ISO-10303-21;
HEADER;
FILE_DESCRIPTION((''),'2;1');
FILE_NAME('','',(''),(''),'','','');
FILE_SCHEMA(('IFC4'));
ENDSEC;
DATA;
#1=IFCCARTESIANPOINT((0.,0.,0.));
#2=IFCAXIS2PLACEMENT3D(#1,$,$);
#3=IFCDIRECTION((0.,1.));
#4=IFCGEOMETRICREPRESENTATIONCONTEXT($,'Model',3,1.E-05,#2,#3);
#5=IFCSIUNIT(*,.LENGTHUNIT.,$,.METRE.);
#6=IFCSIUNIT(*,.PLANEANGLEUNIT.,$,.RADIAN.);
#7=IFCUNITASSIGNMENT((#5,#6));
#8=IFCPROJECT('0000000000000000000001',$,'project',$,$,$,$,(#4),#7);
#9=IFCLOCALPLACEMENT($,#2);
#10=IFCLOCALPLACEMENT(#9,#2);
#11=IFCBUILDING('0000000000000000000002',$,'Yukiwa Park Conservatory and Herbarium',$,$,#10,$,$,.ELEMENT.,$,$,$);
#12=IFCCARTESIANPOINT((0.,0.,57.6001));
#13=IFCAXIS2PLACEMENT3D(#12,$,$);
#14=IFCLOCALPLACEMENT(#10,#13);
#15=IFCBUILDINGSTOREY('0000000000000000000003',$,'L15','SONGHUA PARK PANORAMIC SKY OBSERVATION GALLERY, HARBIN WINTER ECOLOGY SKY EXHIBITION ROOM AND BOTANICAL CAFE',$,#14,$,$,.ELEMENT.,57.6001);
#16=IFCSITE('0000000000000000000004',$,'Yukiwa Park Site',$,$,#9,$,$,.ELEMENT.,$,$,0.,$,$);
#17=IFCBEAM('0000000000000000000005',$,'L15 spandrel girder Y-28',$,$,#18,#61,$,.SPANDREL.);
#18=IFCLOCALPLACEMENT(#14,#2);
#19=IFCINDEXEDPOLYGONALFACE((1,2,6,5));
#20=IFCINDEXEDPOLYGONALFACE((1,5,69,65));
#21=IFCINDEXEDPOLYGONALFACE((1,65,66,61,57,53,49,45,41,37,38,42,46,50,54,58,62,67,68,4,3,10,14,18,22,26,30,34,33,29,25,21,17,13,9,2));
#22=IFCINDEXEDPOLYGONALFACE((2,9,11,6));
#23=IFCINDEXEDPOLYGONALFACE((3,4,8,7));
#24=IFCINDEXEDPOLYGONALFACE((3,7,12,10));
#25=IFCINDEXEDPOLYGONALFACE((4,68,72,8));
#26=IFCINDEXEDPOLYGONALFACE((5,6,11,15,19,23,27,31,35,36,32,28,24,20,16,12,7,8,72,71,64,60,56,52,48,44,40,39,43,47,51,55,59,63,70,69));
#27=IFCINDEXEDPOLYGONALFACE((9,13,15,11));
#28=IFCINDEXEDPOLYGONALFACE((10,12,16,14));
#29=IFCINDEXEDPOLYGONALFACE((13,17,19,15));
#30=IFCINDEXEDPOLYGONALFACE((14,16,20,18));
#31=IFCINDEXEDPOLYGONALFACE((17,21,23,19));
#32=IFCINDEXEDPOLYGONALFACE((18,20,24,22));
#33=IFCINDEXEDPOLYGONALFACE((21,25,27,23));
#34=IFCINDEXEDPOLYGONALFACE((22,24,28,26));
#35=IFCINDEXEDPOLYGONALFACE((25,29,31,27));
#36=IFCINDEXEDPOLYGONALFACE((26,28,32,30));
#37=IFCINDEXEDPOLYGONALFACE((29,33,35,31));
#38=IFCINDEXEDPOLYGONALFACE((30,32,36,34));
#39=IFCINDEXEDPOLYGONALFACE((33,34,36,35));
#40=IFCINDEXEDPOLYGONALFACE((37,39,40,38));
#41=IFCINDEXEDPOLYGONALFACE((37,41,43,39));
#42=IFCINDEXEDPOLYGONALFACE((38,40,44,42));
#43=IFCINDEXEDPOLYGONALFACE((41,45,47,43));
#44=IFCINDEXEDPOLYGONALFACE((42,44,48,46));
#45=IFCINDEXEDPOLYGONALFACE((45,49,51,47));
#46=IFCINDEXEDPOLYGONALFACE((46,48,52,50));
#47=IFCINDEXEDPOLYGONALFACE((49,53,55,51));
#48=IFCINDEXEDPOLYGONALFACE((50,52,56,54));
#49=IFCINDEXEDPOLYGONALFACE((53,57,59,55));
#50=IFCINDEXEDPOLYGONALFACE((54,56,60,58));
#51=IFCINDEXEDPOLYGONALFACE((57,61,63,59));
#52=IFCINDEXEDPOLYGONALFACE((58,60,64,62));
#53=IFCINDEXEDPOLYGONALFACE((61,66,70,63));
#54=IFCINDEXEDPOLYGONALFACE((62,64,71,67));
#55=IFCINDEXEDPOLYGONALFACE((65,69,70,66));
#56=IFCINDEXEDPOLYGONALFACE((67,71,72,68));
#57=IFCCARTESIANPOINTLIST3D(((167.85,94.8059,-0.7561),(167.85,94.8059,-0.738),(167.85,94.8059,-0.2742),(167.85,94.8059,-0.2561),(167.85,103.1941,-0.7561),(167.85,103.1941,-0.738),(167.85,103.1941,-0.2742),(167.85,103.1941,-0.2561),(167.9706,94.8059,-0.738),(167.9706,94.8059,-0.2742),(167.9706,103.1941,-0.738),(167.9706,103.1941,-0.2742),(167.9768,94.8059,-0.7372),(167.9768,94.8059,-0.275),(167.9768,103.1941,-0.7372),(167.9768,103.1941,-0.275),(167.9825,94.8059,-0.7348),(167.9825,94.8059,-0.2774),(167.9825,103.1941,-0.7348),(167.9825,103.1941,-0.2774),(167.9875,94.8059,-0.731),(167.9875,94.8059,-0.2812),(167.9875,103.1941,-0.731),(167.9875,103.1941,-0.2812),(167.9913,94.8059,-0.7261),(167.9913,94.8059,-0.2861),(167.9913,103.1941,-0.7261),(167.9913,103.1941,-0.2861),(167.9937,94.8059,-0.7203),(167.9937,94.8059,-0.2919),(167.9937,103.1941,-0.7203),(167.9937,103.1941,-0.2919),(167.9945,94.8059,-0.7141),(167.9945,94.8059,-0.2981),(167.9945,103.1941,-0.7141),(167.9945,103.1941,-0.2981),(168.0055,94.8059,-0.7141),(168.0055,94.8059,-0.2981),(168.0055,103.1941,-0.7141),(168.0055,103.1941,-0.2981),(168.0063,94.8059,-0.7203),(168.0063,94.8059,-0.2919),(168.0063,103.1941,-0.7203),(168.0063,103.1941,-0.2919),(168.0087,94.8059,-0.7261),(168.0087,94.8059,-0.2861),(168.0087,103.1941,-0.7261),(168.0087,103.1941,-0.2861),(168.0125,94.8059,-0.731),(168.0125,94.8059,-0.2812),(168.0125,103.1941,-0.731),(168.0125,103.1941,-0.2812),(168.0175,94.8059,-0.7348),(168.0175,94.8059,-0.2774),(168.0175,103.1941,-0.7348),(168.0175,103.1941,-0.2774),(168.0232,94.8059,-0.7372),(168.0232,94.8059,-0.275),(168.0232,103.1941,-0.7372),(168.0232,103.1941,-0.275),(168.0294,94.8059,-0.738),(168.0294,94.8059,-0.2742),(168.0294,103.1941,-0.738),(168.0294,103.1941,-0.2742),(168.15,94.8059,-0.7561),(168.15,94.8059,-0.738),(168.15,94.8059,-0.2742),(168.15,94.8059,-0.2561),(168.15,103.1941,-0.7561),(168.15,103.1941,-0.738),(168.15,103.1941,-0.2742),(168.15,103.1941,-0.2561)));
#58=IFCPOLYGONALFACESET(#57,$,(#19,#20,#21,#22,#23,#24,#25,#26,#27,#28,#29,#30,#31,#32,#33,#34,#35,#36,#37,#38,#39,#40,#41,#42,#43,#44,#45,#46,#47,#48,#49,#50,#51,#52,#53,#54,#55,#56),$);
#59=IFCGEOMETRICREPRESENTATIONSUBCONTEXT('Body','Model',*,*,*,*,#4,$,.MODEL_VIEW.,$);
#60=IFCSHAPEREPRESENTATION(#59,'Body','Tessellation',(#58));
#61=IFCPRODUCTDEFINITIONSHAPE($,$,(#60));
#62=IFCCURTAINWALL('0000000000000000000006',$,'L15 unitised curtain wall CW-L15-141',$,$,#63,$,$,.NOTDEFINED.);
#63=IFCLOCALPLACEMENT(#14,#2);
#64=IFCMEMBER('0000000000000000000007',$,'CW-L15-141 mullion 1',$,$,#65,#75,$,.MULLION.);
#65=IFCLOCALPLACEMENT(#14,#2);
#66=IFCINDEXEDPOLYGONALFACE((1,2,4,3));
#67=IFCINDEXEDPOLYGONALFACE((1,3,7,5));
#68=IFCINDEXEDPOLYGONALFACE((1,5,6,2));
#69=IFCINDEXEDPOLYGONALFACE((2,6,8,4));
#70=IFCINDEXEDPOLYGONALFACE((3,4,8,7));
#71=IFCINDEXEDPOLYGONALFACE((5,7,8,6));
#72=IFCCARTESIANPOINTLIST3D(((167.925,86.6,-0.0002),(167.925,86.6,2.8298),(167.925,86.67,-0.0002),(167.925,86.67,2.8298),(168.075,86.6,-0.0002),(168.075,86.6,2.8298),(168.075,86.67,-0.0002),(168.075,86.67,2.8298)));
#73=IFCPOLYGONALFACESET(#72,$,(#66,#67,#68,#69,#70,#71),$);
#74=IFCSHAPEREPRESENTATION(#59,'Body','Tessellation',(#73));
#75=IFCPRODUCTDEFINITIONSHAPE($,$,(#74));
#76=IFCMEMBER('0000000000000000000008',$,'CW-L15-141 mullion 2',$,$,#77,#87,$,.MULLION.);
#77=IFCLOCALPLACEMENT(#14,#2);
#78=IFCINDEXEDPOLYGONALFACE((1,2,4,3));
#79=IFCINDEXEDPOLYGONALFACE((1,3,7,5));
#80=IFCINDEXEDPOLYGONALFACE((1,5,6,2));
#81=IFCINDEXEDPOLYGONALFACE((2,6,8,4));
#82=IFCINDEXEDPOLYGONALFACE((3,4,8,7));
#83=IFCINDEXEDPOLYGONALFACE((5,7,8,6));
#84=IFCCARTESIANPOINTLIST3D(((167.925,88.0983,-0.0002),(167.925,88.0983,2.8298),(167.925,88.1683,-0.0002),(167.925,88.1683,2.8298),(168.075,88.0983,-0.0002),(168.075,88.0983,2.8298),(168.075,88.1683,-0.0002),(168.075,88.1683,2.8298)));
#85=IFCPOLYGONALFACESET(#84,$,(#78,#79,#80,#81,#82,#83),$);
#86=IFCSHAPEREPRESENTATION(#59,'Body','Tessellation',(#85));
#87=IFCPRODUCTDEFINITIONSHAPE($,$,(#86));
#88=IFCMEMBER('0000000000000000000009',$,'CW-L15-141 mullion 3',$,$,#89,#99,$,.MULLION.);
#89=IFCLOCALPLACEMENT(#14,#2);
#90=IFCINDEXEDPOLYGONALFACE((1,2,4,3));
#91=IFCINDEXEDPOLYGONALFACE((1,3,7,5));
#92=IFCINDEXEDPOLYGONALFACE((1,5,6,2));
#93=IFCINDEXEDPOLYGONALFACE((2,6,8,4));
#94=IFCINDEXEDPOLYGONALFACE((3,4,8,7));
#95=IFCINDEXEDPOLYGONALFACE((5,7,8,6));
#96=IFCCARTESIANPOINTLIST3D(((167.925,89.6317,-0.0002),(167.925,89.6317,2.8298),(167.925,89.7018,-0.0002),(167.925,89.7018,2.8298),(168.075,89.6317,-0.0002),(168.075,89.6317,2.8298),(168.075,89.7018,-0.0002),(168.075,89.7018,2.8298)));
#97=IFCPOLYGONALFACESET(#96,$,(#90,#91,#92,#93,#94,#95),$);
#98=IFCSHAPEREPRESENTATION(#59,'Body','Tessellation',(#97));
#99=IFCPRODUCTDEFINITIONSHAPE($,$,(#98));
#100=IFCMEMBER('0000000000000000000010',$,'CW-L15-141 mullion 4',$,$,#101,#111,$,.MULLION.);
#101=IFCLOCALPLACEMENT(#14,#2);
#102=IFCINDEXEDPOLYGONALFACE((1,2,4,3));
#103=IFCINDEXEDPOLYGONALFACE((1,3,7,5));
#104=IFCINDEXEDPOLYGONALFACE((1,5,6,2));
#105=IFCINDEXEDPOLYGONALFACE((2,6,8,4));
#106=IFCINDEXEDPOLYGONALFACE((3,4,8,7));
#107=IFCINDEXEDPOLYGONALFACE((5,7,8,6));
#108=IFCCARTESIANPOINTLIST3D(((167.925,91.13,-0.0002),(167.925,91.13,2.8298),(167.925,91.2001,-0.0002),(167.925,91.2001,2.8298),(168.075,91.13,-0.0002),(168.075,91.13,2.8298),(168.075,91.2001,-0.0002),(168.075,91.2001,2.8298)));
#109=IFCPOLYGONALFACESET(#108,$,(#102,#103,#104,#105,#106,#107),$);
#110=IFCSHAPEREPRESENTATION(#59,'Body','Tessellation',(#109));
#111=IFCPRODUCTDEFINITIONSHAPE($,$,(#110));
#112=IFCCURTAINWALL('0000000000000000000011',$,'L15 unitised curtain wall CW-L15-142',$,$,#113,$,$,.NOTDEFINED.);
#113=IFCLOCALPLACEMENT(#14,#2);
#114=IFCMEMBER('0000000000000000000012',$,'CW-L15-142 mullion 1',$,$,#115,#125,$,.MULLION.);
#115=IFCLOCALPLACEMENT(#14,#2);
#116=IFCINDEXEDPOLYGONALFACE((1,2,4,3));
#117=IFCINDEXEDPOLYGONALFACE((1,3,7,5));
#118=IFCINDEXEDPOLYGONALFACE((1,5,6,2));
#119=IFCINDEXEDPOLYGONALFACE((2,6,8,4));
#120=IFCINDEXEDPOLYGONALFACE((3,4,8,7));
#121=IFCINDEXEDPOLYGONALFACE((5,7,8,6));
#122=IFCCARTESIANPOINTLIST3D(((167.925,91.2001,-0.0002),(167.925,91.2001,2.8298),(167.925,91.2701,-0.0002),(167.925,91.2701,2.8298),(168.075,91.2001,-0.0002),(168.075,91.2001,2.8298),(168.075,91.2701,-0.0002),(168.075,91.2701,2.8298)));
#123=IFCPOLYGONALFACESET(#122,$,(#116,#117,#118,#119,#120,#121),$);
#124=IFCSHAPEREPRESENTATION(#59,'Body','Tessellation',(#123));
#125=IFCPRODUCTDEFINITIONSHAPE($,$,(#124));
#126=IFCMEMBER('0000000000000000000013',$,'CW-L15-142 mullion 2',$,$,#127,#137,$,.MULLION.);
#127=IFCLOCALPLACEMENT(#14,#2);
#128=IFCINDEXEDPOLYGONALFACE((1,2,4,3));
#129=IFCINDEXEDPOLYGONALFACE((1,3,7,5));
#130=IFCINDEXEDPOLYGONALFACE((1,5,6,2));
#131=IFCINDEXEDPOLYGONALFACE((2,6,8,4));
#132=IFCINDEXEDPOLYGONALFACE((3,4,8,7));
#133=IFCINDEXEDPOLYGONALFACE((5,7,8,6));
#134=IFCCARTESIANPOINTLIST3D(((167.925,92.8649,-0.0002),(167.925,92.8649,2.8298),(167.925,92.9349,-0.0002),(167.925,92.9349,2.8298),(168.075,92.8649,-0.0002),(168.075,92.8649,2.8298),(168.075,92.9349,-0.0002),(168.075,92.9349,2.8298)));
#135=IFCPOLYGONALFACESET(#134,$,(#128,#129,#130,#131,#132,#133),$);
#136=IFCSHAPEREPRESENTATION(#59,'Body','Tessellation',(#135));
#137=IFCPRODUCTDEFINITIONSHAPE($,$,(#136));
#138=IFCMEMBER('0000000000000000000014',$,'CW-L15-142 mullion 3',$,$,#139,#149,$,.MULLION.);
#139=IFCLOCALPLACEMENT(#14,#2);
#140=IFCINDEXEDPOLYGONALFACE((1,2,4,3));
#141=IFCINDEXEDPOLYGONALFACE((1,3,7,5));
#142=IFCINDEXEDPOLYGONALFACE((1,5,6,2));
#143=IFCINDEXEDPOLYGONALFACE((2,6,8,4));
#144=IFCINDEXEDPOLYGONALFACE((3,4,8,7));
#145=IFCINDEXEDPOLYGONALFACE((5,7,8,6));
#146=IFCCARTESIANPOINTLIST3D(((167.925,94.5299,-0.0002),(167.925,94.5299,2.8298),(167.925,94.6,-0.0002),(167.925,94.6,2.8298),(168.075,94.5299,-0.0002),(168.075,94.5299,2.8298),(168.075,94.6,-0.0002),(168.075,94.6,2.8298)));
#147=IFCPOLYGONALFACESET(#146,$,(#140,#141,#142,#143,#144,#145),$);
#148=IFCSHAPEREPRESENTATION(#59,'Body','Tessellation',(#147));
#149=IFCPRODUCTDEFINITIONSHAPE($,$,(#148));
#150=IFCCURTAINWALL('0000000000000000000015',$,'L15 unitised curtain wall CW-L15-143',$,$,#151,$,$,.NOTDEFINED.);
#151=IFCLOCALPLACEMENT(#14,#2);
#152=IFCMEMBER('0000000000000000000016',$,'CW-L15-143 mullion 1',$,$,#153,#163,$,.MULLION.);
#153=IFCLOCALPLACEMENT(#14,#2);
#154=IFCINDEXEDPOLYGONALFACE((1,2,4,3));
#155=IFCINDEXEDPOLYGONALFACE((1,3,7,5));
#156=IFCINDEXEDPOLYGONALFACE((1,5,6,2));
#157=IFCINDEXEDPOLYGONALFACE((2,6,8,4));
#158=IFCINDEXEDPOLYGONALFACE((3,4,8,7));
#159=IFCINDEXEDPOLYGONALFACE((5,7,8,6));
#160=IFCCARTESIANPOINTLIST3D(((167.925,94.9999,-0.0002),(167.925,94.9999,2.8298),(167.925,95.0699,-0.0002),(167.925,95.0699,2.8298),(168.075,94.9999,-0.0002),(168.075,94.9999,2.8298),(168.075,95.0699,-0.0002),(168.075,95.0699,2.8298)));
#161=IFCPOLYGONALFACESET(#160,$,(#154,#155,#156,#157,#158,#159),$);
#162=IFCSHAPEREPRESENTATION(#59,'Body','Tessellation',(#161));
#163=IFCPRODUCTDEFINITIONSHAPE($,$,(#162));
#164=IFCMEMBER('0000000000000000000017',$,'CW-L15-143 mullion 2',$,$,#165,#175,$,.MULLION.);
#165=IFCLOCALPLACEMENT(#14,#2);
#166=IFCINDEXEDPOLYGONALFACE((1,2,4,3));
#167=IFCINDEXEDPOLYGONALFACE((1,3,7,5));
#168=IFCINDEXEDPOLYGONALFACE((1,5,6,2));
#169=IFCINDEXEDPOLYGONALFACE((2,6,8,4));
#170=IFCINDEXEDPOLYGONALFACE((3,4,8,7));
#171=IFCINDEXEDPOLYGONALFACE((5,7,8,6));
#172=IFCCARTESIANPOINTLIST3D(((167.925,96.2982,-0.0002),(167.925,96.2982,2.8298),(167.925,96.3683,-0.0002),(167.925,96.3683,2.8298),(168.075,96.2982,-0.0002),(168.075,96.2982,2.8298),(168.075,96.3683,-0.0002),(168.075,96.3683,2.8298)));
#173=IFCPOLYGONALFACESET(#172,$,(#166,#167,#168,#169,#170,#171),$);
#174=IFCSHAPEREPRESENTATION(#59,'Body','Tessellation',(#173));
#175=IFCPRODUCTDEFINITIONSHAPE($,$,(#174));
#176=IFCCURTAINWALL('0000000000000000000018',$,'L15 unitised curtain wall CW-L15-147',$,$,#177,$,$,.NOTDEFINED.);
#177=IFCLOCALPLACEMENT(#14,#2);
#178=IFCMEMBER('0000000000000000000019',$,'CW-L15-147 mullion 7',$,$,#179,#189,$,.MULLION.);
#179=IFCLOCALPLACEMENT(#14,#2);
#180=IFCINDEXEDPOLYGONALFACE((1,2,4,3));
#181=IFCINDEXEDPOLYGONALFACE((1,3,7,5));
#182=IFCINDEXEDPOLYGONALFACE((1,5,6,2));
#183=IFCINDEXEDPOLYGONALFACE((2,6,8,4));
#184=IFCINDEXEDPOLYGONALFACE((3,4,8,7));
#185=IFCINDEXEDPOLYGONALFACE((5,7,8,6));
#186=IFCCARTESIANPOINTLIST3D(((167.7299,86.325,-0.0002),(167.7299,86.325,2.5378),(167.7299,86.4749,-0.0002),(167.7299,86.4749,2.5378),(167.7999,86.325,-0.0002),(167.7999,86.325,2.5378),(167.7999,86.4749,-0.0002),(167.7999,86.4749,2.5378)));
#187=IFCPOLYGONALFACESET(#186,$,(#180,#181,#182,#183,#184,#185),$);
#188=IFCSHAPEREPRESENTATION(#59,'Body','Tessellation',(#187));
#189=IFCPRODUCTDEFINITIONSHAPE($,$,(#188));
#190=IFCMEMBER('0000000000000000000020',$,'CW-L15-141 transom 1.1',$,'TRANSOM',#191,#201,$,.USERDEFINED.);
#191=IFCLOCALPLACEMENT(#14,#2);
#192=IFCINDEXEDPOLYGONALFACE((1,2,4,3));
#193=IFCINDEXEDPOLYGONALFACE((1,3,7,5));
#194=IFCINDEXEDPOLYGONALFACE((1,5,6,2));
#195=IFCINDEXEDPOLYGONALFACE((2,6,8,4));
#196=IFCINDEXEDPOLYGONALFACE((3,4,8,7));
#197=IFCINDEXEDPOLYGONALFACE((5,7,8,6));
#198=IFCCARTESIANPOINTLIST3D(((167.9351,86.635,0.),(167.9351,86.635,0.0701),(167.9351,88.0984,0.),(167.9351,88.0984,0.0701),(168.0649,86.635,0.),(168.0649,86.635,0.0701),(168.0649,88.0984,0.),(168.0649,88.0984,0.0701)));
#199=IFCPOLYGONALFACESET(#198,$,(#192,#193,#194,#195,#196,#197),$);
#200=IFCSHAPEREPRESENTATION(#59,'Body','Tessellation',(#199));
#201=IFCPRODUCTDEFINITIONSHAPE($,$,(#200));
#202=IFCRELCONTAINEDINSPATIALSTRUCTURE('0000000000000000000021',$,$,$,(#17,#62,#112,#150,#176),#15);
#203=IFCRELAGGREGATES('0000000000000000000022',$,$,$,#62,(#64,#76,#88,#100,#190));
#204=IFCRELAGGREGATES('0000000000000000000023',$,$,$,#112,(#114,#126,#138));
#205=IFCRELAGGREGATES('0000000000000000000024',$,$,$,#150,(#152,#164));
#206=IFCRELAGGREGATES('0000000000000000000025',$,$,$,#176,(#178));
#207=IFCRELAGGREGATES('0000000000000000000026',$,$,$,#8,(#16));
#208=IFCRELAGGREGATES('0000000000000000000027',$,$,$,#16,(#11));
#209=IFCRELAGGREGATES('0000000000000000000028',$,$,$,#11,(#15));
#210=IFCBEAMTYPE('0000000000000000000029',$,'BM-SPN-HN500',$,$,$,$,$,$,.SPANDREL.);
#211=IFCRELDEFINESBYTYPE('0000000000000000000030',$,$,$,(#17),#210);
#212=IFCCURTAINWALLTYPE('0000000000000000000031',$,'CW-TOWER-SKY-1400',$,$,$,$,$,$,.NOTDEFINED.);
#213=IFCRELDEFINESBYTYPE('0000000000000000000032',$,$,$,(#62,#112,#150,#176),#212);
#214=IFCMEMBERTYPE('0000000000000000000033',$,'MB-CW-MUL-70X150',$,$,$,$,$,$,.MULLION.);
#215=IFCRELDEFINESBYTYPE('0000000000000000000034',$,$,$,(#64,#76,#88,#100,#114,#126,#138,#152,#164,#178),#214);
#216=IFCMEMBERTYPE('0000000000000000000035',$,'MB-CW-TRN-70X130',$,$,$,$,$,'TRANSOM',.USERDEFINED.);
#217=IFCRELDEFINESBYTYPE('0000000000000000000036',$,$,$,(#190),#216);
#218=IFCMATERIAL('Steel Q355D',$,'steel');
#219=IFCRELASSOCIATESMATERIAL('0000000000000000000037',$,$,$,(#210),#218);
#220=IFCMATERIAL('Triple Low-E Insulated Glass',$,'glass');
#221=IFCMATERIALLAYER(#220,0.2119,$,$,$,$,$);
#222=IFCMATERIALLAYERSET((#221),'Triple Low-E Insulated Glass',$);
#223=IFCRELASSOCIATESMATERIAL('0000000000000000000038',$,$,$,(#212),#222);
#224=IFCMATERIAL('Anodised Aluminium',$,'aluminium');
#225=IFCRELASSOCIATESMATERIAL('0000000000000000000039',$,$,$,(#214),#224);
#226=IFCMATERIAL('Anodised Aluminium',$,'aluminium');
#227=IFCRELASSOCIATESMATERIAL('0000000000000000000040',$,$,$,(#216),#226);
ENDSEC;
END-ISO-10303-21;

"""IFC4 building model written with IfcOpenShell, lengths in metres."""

from ifc_helpers import new_model, si_unit, direction, frame, origin, origin_2d, place, context, subcontext, project, spatial, rectangle, i_section, extrude, material, layer, layer_set, material_profile, profile_set, type_object, element, aggregate, save


model = new_model("IFC4")

# Units and contexts
model_context = context("Model", 3, precision=1e-05, world=origin(), true_north=direction((0.0, 1.0)))
body_context = subcontext(model_context, "Body", "Model", "MODEL_VIEW")
ifc_project = project(units=[si_unit("LENGTHUNIT", "METRE"), si_unit("PLANEANGLEUNIT", "RADIAN")], contexts=[model_context])

# Site, building, storey
site_placement = place(None, origin())
site = spatial("IfcSite", under=ifc_project, at=site_placement, Name="Yukiwa Park Site", CompositionType="ELEMENT", RefElevation=0.0)
building_placement = place(site_placement, origin())
building = spatial("IfcBuilding", under=site, at=building_placement, Name="Yukiwa Park Conservatory and Herbarium", CompositionType="ELEMENT")
storey_placement = place(building_placement, frame((0.0, 0.0, 57.6001)))
storey = spatial("IfcBuildingStorey", under=building, at=storey_placement, Name="L15", Description="SONGHUA PARK PANORAMIC SKY OBSERVATION GALLERY, HARBIN WINTER ECOLOGY SKY EXHIBITION ROOM AND BOTANICAL CAFE", CompositionType="ELEMENT", Elevation=57.6001)

# Beam
ifc_material_1 = material(Name="Steel Q355D", Category="steel")
ifc_material_profile_1 = material_profile(ifc_material_1, i_section(OverallWidth=0.3, OverallDepth=0.5, WebThickness=0.011, FlangeThickness=0.0181, FilletRadius=0.0239, at=origin_2d()), Name="HM 500x300x11x18")
ifc_profile_set_1 = profile_set([ifc_material_profile_1], Name="Steel Q355D")
beam_type = type_object("IfcBeamType", Name="BM-SPN-HN500", PredefinedType="SPANDREL", material=ifc_profile_set_1)
beam_1_placement = place(storey_placement, frame((168.0, 94.8059, -0.5061), z_axis=(0.0, 1.0, 0.0), x_axis=(-1.0, 0.0, 0.0)))
element("IfcBeam", 1, at=beam_1_placement, inside=storey, type_object=beam_type, Name="L15 spandrel girder Y-28", PredefinedType="SPANDREL", context=body_context, shape_type="SweptSolid", body=[
    extrude(i_section(OverallWidth=0.3, OverallDepth=0.5, WebThickness=0.011, FlangeThickness=0.0181, FilletRadius=0.0239, at=origin_2d()), origin(), (0.0, 0.0, 1.0), 8.3882),
])

# Curtain walls, members
ifc_material_2 = material(Name="Triple Low-E Insulated Glass", Category="glass")
ifc_layer_1 = layer(ifc_material_2, 0.2119)
ifc_layer_set_1 = layer_set([ifc_layer_1], Name="Triple Low-E Insulated Glass")
curtain_wall_type = type_object("IfcCurtainWallType", Name="CW-TOWER-SKY-1400", PredefinedType="NOTDEFINED", material=ifc_layer_set_1)
curtain_wall_1_placement = place(storey_placement, origin())
curtain_wall_1 = element("IfcCurtainWall", 2, at=curtain_wall_1_placement, inside=storey, type_object=curtain_wall_type, Name="L15 unitised curtain wall CW-L15-141", PredefinedType="NOTDEFINED")
ifc_material_3 = material(Name="Anodised Aluminium", Category="aluminium")
member_type_1 = type_object("IfcMemberType", Name="MB-CW-MUL-70X150", PredefinedType="MULLION", material=ifc_material_3)
member_1_placement = place(storey_placement, frame((168.0, 86.635, -0.0002), z_axis=(0.0, 0.0, 1.0), x_axis=(0.0, 1.0, 0.0)))
member_1 = element("IfcMember", 3, at=member_1_placement, type_object=member_type_1, Name="CW-L15-141 mullion 1", PredefinedType="MULLION", context=body_context, shape_type="SweptSolid", body=[
    extrude(rectangle(XDim=0.0701, YDim=0.1499, at=origin_2d()), origin(), (0.0, 0.0, 1.0), 2.8301),
])
member_2_placement = place(storey_placement, frame((168.0, 88.1333, -0.0002), z_axis=(0.0, 0.0, 1.0), x_axis=(0.0, 1.0, 0.0)))
member_2 = element("IfcMember", 4, at=member_2_placement, type_object=member_type_1, Name="CW-L15-141 mullion 2", PredefinedType="MULLION", context=body_context, shape_type="SweptSolid", body=[
    extrude(rectangle(XDim=0.0701, YDim=0.1499, at=origin_2d()), origin(), (0.0, 0.0, 1.0), 2.8301),
])
member_3_placement = place(storey_placement, frame((168.0, 89.6667, -0.0002), z_axis=(0.0, 0.0, 1.0), x_axis=(0.0, 1.0, 0.0)))
member_3 = element("IfcMember", 5, at=member_3_placement, type_object=member_type_1, Name="CW-L15-141 mullion 3", PredefinedType="MULLION", context=body_context, shape_type="SweptSolid", body=[
    extrude(rectangle(XDim=0.0701, YDim=0.1499, at=origin_2d()), origin(), (0.0, 0.0, 1.0), 2.8301),
])
member_4_placement = place(storey_placement, frame((168.0, 91.165, -0.0002), z_axis=(0.0, 0.0, 1.0), x_axis=(0.0, 1.0, 0.0)))
member_4 = element("IfcMember", 6, at=member_4_placement, type_object=member_type_1, Name="CW-L15-141 mullion 4", PredefinedType="MULLION", context=body_context, shape_type="SweptSolid", body=[
    extrude(rectangle(XDim=0.0701, YDim=0.1499, at=origin_2d()), origin(), (0.0, 0.0, 1.0), 2.8301),
])
curtain_wall_2_placement = place(storey_placement, origin())
curtain_wall_2 = element("IfcCurtainWall", 7, at=curtain_wall_2_placement, inside=storey, type_object=curtain_wall_type, Name="L15 unitised curtain wall CW-L15-142", PredefinedType="NOTDEFINED")
member_5_placement = place(storey_placement, frame((168.0, 91.2351, -0.0002), z_axis=(0.0, 0.0, 1.0), x_axis=(0.0, 1.0, 0.0)))
member_5 = element("IfcMember", 8, at=member_5_placement, type_object=member_type_1, Name="CW-L15-142 mullion 1", PredefinedType="MULLION", context=body_context, shape_type="SweptSolid", body=[
    extrude(rectangle(XDim=0.0701, YDim=0.1499, at=origin_2d()), origin(), (0.0, 0.0, 1.0), 2.8301),
])
member_6_placement = place(storey_placement, frame((168.0, 92.8999, -0.0002), z_axis=(0.0, 0.0, 1.0), x_axis=(0.0, 1.0, 0.0)))
member_6 = element("IfcMember", 9, at=member_6_placement, type_object=member_type_1, Name="CW-L15-142 mullion 2", PredefinedType="MULLION", context=body_context, shape_type="SweptSolid", body=[
    extrude(rectangle(XDim=0.0701, YDim=0.1499, at=origin_2d()), origin(), (0.0, 0.0, 1.0), 2.8301),
])
member_7_placement = place(storey_placement, frame((168.0, 94.5649, -0.0002), z_axis=(0.0, 0.0, 1.0), x_axis=(0.0, 1.0, 0.0)))
member_7 = element("IfcMember", 10, at=member_7_placement, type_object=member_type_1, Name="CW-L15-142 mullion 3", PredefinedType="MULLION", context=body_context, shape_type="SweptSolid", body=[
    extrude(rectangle(XDim=0.0701, YDim=0.1499, at=origin_2d()), origin(), (0.0, 0.0, 1.0), 2.8301),
])
curtain_wall_3_placement = place(storey_placement, origin())
curtain_wall_3 = element("IfcCurtainWall", 11, at=curtain_wall_3_placement, inside=storey, type_object=curtain_wall_type, Name="L15 unitised curtain wall CW-L15-143", PredefinedType="NOTDEFINED")
member_8_placement = place(storey_placement, frame((168.0, 95.0349, -0.0002), z_axis=(0.0, 0.0, 1.0), x_axis=(0.0, 1.0, 0.0)))
member_8 = element("IfcMember", 12, at=member_8_placement, type_object=member_type_1, Name="CW-L15-143 mullion 1", PredefinedType="MULLION", context=body_context, shape_type="SweptSolid", body=[
    extrude(rectangle(XDim=0.0701, YDim=0.1499, at=origin_2d()), origin(), (0.0, 0.0, 1.0), 2.8301),
])
member_9_placement = place(storey_placement, frame((168.0, 96.3333, -0.0002), z_axis=(0.0, 0.0, 1.0), x_axis=(0.0, 1.0, 0.0)))
member_9 = element("IfcMember", 13, at=member_9_placement, type_object=member_type_1, Name="CW-L15-143 mullion 2", PredefinedType="MULLION", context=body_context, shape_type="SweptSolid", body=[
    extrude(rectangle(XDim=0.0701, YDim=0.1499, at=origin_2d()), origin(), (0.0, 0.0, 1.0), 2.8301),
])

# Curtain wall, member
curtain_wall_4_placement = place(storey_placement, origin())
curtain_wall_4 = element("IfcCurtainWall", 14, at=curtain_wall_4_placement, inside=storey, type_object=curtain_wall_type, Name="L15 unitised curtain wall CW-L15-147", PredefinedType="NOTDEFINED")
member_10_placement = place(storey_placement, frame((167.7649, 86.3999, -0.0002), z_axis=(0.0, 0.0, 1.0), x_axis=(1.0, 0.0, 0.0)))
member_10 = element("IfcMember", 15, at=member_10_placement, type_object=member_type_1, Name="CW-L15-147 mullion 7", PredefinedType="MULLION", context=body_context, shape_type="SweptSolid", body=[
    extrude(rectangle(XDim=0.0701, YDim=0.1499, at=origin_2d()), origin(), (0.0, 0.0, 1.0), 2.5381),
])

# Member
ifc_material_4 = material(Name="Anodised Aluminium", Category="aluminium")
member_type_2 = type_object("IfcMemberType", Name="MB-CW-TRN-70X130", ElementType="TRANSOM", PredefinedType="USERDEFINED", material=ifc_material_4)
member_11_placement = place(storey_placement, frame((168.0, 87.3667, 0.0), z_axis=(0.0, 0.0, 1.0), x_axis=(0.0, 1.0, 0.0)))
member_11 = element("IfcMember", 16, at=member_11_placement, type_object=member_type_2, Name="CW-L15-141 transom 1.1", ObjectType="TRANSOM", PredefinedType="USERDEFINED", context=body_context, shape_type="SweptSolid", body=[
    extrude(rectangle(XDim=1.4634, YDim=0.1299, at=origin_2d()), origin(), (0.0, 0.0, 1.0), 0.0701),
])

aggregate(curtain_wall_1, [member_1, member_2, member_3, member_4, member_11])
aggregate(curtain_wall_2, [member_5, member_6, member_7])
aggregate(curtain_wall_3, [member_8, member_9])
aggregate(curtain_wall_4, [member_10])

save(model, "model.ifc")
